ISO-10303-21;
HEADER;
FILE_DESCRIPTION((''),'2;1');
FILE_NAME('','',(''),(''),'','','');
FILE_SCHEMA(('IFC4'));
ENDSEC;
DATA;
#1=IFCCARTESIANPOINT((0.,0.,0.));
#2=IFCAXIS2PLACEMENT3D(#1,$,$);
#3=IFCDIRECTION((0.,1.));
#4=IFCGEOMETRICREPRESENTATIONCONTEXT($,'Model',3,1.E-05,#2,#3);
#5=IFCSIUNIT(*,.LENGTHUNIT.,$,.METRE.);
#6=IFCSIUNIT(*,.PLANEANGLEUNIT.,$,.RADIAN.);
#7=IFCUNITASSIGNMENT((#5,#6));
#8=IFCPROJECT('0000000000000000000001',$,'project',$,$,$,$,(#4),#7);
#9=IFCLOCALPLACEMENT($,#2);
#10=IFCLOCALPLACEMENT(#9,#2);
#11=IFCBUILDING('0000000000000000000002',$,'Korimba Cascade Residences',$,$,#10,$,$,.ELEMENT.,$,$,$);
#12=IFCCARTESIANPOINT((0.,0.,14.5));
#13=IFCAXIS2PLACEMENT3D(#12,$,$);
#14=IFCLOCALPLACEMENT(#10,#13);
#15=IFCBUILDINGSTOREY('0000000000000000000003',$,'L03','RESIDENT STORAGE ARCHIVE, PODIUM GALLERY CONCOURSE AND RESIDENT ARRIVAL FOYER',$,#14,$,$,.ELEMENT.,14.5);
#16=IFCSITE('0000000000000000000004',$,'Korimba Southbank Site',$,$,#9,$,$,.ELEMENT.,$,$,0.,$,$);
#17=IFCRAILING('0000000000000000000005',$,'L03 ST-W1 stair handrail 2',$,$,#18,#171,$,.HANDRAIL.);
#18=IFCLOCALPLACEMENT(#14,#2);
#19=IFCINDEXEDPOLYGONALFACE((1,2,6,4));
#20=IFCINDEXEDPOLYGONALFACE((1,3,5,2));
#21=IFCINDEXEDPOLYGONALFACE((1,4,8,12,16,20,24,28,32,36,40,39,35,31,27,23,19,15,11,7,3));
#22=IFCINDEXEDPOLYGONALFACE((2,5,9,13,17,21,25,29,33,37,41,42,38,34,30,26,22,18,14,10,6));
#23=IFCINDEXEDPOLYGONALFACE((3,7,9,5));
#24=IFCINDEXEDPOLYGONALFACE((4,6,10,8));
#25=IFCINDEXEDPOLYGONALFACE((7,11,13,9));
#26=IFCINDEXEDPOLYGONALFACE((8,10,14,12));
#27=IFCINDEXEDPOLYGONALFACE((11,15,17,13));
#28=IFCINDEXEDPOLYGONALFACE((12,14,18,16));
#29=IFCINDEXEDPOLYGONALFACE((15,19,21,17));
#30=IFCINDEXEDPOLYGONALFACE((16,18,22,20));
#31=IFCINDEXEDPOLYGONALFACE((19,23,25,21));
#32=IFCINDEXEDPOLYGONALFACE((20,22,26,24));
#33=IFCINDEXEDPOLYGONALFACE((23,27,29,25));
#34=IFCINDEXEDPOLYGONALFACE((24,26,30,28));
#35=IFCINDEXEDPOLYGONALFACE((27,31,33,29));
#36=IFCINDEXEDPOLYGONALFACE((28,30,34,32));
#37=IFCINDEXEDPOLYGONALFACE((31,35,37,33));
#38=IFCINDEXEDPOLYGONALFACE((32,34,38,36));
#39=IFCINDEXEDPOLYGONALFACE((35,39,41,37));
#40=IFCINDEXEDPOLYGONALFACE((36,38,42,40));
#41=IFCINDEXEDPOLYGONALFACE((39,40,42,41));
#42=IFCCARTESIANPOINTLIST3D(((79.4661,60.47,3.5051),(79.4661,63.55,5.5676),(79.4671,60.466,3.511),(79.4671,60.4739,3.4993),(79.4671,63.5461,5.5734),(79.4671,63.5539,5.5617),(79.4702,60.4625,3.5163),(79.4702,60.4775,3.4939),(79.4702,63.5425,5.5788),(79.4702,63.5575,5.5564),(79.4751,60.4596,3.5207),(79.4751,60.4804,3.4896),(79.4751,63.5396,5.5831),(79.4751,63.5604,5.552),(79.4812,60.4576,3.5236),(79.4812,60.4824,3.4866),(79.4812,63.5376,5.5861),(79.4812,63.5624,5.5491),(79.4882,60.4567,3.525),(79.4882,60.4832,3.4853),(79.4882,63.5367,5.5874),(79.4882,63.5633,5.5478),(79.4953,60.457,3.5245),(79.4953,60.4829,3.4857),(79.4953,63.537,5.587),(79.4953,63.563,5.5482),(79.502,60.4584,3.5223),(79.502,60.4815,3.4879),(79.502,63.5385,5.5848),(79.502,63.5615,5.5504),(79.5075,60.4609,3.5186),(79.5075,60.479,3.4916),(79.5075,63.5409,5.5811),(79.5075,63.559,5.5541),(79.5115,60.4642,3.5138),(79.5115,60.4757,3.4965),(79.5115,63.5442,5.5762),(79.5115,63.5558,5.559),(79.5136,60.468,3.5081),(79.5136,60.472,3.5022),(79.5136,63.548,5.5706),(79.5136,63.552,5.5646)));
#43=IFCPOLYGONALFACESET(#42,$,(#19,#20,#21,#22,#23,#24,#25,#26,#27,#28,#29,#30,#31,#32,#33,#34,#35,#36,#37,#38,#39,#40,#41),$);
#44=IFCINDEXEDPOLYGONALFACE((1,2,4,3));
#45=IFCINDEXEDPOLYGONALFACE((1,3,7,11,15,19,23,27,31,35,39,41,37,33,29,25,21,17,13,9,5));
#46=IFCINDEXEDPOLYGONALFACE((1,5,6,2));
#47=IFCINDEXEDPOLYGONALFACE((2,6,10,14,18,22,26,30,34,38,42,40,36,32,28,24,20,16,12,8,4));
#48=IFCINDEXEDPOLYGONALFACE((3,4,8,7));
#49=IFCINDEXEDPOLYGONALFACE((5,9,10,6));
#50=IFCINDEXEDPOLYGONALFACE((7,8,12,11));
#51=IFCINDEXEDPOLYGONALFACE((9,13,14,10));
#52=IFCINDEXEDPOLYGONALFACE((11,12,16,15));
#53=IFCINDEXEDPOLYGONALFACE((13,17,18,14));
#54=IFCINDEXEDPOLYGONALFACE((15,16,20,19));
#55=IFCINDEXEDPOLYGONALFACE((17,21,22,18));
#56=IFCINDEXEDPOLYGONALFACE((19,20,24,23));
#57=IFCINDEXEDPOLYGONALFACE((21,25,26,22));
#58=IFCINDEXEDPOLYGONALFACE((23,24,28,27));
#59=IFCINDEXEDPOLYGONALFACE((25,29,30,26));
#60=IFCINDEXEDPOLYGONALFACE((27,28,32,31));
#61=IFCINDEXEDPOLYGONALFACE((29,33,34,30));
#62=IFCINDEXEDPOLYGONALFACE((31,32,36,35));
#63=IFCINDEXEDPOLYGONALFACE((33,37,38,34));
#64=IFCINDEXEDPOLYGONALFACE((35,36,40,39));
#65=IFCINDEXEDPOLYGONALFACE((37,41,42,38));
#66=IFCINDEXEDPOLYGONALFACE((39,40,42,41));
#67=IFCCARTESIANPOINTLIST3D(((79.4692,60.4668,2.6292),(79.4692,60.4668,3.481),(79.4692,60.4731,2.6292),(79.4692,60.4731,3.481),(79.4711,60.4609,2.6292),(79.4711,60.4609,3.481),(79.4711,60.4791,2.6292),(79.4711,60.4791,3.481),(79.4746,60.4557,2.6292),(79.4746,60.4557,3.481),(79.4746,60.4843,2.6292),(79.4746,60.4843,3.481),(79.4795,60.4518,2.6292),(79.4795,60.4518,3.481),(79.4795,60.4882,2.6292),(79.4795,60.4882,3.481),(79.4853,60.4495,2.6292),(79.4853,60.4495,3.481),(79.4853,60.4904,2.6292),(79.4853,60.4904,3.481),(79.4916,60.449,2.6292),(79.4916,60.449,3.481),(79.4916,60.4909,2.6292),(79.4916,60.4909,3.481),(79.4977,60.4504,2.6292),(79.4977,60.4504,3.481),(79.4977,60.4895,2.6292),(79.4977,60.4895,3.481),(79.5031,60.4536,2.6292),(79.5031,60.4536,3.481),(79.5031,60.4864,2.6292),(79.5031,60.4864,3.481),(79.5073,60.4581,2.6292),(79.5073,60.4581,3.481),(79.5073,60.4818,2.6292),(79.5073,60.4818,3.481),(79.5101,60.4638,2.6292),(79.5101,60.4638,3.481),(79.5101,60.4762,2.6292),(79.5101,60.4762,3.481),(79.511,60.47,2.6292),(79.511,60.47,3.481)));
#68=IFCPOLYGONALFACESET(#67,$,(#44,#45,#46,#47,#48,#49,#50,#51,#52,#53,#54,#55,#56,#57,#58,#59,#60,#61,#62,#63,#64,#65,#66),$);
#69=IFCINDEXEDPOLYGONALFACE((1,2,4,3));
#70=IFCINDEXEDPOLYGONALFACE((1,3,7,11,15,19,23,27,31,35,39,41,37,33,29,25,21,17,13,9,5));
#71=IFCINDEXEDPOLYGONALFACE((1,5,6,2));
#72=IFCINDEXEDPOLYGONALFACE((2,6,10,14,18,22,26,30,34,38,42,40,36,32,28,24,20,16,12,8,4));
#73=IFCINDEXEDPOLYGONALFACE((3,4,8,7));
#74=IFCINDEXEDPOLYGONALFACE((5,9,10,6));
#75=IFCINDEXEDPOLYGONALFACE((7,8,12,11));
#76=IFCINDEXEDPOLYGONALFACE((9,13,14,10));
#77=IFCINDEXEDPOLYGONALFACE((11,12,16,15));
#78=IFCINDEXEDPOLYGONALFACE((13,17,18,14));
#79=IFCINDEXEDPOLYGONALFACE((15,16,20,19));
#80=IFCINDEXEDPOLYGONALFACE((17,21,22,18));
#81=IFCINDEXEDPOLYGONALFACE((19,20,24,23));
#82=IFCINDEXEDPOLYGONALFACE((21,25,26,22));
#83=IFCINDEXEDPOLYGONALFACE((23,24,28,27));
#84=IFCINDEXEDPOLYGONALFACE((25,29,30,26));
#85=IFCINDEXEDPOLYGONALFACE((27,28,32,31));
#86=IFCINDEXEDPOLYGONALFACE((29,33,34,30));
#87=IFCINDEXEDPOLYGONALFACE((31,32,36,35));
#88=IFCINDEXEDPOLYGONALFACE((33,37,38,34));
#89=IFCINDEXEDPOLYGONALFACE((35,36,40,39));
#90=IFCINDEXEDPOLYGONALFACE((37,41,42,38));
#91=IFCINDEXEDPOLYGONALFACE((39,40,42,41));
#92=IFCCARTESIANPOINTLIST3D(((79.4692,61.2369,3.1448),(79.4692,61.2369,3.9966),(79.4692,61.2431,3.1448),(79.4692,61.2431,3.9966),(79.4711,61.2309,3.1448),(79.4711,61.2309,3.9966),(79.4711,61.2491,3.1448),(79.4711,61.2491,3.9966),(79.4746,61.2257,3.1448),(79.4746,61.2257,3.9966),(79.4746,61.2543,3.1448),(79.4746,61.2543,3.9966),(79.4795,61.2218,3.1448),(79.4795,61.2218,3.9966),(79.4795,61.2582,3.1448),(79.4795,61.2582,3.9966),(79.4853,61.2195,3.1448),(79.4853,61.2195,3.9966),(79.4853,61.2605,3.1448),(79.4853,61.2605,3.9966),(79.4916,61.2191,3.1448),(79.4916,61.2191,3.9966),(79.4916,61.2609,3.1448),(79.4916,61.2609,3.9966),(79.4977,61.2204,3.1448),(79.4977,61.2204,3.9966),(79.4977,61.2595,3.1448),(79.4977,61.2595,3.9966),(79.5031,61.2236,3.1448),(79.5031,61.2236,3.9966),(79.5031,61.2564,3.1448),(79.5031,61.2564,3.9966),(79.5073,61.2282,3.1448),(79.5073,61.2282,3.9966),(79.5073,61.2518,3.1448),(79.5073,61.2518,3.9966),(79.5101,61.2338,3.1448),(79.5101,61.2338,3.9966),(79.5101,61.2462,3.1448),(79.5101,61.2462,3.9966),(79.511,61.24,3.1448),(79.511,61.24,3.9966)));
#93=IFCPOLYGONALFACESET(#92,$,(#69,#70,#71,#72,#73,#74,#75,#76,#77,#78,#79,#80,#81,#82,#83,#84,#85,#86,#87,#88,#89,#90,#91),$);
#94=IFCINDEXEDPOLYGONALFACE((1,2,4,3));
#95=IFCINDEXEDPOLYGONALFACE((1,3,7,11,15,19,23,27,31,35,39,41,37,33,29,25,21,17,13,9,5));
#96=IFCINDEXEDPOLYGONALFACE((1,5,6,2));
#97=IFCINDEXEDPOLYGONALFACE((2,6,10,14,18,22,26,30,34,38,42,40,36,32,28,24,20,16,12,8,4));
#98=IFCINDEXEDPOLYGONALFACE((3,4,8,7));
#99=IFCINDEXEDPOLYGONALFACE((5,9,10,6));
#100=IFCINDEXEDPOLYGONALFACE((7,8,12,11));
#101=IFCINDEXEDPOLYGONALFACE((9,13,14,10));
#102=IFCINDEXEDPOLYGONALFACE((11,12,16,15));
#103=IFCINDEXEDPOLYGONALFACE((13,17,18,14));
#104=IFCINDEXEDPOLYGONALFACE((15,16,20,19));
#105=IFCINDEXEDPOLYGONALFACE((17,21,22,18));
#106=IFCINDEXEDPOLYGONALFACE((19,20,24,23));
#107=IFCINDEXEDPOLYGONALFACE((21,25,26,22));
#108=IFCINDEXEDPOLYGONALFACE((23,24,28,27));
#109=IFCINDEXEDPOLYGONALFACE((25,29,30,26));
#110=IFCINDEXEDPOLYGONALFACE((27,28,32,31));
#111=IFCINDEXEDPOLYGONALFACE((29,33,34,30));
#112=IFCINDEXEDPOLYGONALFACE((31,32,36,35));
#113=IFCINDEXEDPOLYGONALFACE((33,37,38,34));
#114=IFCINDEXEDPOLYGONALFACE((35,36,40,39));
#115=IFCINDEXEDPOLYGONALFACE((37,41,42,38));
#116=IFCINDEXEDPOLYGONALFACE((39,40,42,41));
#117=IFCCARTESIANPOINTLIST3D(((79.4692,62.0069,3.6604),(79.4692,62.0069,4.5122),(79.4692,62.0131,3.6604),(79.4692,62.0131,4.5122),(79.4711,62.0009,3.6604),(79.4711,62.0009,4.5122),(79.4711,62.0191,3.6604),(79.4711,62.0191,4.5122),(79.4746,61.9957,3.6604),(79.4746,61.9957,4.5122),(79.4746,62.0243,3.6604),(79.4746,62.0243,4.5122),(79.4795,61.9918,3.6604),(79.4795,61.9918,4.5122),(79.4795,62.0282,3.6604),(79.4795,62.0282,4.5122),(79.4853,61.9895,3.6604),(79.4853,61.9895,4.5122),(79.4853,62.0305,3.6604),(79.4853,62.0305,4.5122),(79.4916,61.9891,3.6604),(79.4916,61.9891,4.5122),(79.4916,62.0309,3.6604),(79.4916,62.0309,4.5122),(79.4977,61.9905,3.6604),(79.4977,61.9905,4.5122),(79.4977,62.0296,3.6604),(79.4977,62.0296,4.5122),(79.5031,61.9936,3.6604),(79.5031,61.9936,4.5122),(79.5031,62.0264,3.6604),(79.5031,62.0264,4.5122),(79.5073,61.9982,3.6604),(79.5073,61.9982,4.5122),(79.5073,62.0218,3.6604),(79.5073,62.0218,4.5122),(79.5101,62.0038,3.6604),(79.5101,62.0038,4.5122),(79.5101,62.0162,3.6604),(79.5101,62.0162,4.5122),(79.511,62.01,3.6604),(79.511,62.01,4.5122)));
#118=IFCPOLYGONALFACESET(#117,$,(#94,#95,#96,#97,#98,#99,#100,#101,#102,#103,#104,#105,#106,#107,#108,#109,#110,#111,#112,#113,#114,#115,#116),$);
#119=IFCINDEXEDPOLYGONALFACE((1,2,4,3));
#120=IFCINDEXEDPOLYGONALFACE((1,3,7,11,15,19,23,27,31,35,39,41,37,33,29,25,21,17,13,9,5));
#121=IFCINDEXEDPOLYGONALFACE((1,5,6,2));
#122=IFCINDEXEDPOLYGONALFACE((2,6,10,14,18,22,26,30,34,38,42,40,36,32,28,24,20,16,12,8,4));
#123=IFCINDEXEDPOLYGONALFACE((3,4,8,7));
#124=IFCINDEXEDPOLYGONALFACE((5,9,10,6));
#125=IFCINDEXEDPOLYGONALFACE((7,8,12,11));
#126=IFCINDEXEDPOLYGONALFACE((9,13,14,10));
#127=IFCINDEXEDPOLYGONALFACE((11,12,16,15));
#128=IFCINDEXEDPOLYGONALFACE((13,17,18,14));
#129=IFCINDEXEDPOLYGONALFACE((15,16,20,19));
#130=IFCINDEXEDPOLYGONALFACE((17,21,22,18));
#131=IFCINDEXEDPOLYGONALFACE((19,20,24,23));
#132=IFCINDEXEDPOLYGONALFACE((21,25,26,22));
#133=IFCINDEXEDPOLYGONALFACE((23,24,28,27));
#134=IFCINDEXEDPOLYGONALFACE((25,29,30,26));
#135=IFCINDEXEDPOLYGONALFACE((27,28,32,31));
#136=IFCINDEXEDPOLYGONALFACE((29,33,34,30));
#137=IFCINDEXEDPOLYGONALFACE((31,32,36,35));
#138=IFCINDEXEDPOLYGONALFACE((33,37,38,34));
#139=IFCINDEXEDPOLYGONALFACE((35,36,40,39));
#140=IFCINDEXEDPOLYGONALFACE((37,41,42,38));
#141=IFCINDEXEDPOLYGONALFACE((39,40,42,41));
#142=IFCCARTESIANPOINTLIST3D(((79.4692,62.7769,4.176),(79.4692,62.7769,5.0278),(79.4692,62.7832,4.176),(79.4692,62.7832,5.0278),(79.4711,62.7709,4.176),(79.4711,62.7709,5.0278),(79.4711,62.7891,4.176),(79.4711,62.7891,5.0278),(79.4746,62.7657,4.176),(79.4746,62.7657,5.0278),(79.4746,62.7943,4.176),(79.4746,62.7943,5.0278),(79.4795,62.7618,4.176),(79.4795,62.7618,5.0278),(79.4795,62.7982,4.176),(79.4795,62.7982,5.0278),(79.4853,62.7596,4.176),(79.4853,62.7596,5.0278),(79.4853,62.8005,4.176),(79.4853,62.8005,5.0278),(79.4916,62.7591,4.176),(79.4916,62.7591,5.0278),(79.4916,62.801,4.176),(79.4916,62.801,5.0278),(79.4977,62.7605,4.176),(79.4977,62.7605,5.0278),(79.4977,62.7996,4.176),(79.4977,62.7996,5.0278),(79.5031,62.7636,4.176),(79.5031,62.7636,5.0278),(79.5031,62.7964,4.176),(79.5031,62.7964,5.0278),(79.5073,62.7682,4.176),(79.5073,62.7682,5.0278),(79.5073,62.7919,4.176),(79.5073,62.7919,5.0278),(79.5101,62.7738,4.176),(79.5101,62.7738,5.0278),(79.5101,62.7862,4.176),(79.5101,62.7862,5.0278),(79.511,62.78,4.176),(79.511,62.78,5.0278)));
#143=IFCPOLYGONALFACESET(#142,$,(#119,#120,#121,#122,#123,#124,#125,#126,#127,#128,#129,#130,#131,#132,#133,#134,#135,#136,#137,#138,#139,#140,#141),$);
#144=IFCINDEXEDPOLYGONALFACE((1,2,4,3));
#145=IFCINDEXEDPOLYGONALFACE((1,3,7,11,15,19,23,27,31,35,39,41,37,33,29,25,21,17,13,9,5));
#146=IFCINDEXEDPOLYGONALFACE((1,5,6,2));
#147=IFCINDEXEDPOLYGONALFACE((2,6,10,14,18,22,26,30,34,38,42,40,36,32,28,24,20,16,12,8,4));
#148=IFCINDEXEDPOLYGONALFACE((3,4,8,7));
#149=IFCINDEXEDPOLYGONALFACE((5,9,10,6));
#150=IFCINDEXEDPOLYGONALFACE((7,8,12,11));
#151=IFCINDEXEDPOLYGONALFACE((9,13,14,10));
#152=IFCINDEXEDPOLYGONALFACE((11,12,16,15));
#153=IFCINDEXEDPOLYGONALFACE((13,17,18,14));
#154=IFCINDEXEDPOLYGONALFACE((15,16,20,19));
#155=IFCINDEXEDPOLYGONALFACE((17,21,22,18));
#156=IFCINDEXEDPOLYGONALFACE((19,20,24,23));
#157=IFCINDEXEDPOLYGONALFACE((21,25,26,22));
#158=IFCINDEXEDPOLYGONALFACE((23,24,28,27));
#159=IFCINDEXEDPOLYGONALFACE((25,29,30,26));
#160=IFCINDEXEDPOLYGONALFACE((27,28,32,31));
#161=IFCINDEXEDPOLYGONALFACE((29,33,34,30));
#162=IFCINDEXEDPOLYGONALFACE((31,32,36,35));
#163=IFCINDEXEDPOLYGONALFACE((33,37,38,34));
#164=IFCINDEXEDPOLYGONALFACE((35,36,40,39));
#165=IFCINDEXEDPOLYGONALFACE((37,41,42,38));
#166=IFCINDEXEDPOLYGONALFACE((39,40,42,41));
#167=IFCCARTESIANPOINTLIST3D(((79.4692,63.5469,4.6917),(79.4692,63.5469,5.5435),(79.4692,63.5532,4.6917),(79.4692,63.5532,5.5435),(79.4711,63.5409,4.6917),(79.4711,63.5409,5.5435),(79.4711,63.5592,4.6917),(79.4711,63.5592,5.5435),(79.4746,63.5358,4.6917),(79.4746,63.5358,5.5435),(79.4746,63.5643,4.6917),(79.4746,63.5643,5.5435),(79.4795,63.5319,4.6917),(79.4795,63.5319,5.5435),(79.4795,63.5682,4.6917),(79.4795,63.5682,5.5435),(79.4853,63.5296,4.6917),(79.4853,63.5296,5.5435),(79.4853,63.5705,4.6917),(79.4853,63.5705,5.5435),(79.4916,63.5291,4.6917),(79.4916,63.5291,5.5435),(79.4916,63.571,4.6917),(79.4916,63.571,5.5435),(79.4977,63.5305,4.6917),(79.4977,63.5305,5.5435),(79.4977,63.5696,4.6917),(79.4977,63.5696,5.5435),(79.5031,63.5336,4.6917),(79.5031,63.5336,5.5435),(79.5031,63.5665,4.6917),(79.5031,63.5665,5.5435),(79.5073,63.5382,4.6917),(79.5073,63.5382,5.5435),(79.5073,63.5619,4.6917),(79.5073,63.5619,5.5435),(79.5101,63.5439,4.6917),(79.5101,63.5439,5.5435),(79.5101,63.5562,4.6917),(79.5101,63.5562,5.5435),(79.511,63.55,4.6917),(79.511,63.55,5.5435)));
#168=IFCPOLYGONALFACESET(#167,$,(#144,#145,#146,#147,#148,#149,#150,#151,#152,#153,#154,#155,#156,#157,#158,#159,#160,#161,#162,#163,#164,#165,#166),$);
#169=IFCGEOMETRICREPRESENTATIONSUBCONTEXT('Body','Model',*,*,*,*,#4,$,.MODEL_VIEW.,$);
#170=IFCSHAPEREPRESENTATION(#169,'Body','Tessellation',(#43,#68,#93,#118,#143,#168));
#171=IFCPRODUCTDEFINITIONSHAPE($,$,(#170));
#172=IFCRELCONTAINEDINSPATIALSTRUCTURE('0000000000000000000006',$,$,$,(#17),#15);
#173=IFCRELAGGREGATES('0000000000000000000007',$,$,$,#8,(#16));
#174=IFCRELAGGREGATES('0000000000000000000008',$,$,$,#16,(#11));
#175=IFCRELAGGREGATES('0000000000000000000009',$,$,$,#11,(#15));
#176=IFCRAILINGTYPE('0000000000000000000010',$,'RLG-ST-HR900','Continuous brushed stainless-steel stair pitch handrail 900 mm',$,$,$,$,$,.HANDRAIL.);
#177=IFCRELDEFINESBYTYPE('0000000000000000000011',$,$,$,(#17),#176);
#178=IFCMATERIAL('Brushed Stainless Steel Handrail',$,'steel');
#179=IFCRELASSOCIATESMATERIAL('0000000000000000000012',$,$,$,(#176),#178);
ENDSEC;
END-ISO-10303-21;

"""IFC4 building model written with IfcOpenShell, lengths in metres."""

from ifc_helpers import new_model, si_unit, direction, frame, origin, origin_2d, place, context, subcontext, project, spatial, circle, extrude, material, type_object, element, save


model = new_model("IFC4")

# Units and contexts
model_context = context("Model", 3, precision=1e-05, world=origin(), true_north=direction((0.0, 1.0)))
body_context = subcontext(model_context, "Body", "Model", "MODEL_VIEW")
ifc_project = project(units=[si_unit("LENGTHUNIT", "METRE"), si_unit("PLANEANGLEUNIT", "RADIAN")], contexts=[model_context])

# Site, building, storey
site_placement = place(None, origin())
site = spatial("IfcSite", under=ifc_project, at=site_placement, Name="Korimba Southbank Site", CompositionType="ELEMENT", RefElevation=0.0)
building_placement = place(site_placement, origin())
building = spatial("IfcBuilding", under=site, at=building_placement, Name="Korimba Cascade Residences", CompositionType="ELEMENT")
storey_placement = place(building_placement, frame((0.0, 0.0, 14.5)))
storey = spatial("IfcBuildingStorey", under=building, at=storey_placement, Name="L03", Description="RESIDENT STORAGE ARCHIVE, PODIUM GALLERY CONCOURSE AND RESIDENT ARRIVAL FOYER", CompositionType="ELEMENT", Elevation=14.5)

# Railing
ifc_material_1 = material(Name="Brushed Stainless Steel Handrail", Category="steel")
railing_type_1 = type_object("IfcRailingType", Name="RLG-ST-HR900", Description="Continuous brushed stainless-steel stair pitch handrail 900 mm", PredefinedType="HANDRAIL", material=ifc_material_1)
railing_1_placement = place(storey_placement, frame((79.49, 60.47, 2.6292)))
element("IfcRailing", 1, at=railing_1_placement, inside=storey, type_object=railing_type_1, Name="L03 ST-W1 stair handrail 2", PredefinedType="HANDRAIL", context=body_context, shape_type="SweptSolid", body=[
    extrude(circle(Radius=0.0239, at=origin_2d()), frame((0.0, 0.0, 0.876), z_axis=(0.0, 0.830914, 0.556401), x_axis=(-1.0, 0.0, 0.0)), (0.0, 0.0, 1.0), 3.7068),
    extrude(circle(Radius=0.021, at=origin_2d()), origin(), (0.0, 0.0, 1.0), 0.8518),
    extrude(circle(Radius=0.021, at=origin_2d()), frame((0.0, 0.77, 0.5156)), (0.0, 0.0, 1.0), 0.8518),
    extrude(circle(Radius=0.021, at=origin_2d()), frame((0.0, 1.54, 1.0312)), (0.0, 0.0, 1.0), 0.8518),
    extrude(circle(Radius=0.021, at=origin_2d()), frame((0.0, 2.3101, 1.5469)), (0.0, 0.0, 1.0), 0.8518),
    extrude(circle(Radius=0.021, at=origin_2d()), frame((0.0, 3.0801, 2.0625)), (0.0, 0.0, 1.0), 0.8518),
])

save(model, "model.ifc")
